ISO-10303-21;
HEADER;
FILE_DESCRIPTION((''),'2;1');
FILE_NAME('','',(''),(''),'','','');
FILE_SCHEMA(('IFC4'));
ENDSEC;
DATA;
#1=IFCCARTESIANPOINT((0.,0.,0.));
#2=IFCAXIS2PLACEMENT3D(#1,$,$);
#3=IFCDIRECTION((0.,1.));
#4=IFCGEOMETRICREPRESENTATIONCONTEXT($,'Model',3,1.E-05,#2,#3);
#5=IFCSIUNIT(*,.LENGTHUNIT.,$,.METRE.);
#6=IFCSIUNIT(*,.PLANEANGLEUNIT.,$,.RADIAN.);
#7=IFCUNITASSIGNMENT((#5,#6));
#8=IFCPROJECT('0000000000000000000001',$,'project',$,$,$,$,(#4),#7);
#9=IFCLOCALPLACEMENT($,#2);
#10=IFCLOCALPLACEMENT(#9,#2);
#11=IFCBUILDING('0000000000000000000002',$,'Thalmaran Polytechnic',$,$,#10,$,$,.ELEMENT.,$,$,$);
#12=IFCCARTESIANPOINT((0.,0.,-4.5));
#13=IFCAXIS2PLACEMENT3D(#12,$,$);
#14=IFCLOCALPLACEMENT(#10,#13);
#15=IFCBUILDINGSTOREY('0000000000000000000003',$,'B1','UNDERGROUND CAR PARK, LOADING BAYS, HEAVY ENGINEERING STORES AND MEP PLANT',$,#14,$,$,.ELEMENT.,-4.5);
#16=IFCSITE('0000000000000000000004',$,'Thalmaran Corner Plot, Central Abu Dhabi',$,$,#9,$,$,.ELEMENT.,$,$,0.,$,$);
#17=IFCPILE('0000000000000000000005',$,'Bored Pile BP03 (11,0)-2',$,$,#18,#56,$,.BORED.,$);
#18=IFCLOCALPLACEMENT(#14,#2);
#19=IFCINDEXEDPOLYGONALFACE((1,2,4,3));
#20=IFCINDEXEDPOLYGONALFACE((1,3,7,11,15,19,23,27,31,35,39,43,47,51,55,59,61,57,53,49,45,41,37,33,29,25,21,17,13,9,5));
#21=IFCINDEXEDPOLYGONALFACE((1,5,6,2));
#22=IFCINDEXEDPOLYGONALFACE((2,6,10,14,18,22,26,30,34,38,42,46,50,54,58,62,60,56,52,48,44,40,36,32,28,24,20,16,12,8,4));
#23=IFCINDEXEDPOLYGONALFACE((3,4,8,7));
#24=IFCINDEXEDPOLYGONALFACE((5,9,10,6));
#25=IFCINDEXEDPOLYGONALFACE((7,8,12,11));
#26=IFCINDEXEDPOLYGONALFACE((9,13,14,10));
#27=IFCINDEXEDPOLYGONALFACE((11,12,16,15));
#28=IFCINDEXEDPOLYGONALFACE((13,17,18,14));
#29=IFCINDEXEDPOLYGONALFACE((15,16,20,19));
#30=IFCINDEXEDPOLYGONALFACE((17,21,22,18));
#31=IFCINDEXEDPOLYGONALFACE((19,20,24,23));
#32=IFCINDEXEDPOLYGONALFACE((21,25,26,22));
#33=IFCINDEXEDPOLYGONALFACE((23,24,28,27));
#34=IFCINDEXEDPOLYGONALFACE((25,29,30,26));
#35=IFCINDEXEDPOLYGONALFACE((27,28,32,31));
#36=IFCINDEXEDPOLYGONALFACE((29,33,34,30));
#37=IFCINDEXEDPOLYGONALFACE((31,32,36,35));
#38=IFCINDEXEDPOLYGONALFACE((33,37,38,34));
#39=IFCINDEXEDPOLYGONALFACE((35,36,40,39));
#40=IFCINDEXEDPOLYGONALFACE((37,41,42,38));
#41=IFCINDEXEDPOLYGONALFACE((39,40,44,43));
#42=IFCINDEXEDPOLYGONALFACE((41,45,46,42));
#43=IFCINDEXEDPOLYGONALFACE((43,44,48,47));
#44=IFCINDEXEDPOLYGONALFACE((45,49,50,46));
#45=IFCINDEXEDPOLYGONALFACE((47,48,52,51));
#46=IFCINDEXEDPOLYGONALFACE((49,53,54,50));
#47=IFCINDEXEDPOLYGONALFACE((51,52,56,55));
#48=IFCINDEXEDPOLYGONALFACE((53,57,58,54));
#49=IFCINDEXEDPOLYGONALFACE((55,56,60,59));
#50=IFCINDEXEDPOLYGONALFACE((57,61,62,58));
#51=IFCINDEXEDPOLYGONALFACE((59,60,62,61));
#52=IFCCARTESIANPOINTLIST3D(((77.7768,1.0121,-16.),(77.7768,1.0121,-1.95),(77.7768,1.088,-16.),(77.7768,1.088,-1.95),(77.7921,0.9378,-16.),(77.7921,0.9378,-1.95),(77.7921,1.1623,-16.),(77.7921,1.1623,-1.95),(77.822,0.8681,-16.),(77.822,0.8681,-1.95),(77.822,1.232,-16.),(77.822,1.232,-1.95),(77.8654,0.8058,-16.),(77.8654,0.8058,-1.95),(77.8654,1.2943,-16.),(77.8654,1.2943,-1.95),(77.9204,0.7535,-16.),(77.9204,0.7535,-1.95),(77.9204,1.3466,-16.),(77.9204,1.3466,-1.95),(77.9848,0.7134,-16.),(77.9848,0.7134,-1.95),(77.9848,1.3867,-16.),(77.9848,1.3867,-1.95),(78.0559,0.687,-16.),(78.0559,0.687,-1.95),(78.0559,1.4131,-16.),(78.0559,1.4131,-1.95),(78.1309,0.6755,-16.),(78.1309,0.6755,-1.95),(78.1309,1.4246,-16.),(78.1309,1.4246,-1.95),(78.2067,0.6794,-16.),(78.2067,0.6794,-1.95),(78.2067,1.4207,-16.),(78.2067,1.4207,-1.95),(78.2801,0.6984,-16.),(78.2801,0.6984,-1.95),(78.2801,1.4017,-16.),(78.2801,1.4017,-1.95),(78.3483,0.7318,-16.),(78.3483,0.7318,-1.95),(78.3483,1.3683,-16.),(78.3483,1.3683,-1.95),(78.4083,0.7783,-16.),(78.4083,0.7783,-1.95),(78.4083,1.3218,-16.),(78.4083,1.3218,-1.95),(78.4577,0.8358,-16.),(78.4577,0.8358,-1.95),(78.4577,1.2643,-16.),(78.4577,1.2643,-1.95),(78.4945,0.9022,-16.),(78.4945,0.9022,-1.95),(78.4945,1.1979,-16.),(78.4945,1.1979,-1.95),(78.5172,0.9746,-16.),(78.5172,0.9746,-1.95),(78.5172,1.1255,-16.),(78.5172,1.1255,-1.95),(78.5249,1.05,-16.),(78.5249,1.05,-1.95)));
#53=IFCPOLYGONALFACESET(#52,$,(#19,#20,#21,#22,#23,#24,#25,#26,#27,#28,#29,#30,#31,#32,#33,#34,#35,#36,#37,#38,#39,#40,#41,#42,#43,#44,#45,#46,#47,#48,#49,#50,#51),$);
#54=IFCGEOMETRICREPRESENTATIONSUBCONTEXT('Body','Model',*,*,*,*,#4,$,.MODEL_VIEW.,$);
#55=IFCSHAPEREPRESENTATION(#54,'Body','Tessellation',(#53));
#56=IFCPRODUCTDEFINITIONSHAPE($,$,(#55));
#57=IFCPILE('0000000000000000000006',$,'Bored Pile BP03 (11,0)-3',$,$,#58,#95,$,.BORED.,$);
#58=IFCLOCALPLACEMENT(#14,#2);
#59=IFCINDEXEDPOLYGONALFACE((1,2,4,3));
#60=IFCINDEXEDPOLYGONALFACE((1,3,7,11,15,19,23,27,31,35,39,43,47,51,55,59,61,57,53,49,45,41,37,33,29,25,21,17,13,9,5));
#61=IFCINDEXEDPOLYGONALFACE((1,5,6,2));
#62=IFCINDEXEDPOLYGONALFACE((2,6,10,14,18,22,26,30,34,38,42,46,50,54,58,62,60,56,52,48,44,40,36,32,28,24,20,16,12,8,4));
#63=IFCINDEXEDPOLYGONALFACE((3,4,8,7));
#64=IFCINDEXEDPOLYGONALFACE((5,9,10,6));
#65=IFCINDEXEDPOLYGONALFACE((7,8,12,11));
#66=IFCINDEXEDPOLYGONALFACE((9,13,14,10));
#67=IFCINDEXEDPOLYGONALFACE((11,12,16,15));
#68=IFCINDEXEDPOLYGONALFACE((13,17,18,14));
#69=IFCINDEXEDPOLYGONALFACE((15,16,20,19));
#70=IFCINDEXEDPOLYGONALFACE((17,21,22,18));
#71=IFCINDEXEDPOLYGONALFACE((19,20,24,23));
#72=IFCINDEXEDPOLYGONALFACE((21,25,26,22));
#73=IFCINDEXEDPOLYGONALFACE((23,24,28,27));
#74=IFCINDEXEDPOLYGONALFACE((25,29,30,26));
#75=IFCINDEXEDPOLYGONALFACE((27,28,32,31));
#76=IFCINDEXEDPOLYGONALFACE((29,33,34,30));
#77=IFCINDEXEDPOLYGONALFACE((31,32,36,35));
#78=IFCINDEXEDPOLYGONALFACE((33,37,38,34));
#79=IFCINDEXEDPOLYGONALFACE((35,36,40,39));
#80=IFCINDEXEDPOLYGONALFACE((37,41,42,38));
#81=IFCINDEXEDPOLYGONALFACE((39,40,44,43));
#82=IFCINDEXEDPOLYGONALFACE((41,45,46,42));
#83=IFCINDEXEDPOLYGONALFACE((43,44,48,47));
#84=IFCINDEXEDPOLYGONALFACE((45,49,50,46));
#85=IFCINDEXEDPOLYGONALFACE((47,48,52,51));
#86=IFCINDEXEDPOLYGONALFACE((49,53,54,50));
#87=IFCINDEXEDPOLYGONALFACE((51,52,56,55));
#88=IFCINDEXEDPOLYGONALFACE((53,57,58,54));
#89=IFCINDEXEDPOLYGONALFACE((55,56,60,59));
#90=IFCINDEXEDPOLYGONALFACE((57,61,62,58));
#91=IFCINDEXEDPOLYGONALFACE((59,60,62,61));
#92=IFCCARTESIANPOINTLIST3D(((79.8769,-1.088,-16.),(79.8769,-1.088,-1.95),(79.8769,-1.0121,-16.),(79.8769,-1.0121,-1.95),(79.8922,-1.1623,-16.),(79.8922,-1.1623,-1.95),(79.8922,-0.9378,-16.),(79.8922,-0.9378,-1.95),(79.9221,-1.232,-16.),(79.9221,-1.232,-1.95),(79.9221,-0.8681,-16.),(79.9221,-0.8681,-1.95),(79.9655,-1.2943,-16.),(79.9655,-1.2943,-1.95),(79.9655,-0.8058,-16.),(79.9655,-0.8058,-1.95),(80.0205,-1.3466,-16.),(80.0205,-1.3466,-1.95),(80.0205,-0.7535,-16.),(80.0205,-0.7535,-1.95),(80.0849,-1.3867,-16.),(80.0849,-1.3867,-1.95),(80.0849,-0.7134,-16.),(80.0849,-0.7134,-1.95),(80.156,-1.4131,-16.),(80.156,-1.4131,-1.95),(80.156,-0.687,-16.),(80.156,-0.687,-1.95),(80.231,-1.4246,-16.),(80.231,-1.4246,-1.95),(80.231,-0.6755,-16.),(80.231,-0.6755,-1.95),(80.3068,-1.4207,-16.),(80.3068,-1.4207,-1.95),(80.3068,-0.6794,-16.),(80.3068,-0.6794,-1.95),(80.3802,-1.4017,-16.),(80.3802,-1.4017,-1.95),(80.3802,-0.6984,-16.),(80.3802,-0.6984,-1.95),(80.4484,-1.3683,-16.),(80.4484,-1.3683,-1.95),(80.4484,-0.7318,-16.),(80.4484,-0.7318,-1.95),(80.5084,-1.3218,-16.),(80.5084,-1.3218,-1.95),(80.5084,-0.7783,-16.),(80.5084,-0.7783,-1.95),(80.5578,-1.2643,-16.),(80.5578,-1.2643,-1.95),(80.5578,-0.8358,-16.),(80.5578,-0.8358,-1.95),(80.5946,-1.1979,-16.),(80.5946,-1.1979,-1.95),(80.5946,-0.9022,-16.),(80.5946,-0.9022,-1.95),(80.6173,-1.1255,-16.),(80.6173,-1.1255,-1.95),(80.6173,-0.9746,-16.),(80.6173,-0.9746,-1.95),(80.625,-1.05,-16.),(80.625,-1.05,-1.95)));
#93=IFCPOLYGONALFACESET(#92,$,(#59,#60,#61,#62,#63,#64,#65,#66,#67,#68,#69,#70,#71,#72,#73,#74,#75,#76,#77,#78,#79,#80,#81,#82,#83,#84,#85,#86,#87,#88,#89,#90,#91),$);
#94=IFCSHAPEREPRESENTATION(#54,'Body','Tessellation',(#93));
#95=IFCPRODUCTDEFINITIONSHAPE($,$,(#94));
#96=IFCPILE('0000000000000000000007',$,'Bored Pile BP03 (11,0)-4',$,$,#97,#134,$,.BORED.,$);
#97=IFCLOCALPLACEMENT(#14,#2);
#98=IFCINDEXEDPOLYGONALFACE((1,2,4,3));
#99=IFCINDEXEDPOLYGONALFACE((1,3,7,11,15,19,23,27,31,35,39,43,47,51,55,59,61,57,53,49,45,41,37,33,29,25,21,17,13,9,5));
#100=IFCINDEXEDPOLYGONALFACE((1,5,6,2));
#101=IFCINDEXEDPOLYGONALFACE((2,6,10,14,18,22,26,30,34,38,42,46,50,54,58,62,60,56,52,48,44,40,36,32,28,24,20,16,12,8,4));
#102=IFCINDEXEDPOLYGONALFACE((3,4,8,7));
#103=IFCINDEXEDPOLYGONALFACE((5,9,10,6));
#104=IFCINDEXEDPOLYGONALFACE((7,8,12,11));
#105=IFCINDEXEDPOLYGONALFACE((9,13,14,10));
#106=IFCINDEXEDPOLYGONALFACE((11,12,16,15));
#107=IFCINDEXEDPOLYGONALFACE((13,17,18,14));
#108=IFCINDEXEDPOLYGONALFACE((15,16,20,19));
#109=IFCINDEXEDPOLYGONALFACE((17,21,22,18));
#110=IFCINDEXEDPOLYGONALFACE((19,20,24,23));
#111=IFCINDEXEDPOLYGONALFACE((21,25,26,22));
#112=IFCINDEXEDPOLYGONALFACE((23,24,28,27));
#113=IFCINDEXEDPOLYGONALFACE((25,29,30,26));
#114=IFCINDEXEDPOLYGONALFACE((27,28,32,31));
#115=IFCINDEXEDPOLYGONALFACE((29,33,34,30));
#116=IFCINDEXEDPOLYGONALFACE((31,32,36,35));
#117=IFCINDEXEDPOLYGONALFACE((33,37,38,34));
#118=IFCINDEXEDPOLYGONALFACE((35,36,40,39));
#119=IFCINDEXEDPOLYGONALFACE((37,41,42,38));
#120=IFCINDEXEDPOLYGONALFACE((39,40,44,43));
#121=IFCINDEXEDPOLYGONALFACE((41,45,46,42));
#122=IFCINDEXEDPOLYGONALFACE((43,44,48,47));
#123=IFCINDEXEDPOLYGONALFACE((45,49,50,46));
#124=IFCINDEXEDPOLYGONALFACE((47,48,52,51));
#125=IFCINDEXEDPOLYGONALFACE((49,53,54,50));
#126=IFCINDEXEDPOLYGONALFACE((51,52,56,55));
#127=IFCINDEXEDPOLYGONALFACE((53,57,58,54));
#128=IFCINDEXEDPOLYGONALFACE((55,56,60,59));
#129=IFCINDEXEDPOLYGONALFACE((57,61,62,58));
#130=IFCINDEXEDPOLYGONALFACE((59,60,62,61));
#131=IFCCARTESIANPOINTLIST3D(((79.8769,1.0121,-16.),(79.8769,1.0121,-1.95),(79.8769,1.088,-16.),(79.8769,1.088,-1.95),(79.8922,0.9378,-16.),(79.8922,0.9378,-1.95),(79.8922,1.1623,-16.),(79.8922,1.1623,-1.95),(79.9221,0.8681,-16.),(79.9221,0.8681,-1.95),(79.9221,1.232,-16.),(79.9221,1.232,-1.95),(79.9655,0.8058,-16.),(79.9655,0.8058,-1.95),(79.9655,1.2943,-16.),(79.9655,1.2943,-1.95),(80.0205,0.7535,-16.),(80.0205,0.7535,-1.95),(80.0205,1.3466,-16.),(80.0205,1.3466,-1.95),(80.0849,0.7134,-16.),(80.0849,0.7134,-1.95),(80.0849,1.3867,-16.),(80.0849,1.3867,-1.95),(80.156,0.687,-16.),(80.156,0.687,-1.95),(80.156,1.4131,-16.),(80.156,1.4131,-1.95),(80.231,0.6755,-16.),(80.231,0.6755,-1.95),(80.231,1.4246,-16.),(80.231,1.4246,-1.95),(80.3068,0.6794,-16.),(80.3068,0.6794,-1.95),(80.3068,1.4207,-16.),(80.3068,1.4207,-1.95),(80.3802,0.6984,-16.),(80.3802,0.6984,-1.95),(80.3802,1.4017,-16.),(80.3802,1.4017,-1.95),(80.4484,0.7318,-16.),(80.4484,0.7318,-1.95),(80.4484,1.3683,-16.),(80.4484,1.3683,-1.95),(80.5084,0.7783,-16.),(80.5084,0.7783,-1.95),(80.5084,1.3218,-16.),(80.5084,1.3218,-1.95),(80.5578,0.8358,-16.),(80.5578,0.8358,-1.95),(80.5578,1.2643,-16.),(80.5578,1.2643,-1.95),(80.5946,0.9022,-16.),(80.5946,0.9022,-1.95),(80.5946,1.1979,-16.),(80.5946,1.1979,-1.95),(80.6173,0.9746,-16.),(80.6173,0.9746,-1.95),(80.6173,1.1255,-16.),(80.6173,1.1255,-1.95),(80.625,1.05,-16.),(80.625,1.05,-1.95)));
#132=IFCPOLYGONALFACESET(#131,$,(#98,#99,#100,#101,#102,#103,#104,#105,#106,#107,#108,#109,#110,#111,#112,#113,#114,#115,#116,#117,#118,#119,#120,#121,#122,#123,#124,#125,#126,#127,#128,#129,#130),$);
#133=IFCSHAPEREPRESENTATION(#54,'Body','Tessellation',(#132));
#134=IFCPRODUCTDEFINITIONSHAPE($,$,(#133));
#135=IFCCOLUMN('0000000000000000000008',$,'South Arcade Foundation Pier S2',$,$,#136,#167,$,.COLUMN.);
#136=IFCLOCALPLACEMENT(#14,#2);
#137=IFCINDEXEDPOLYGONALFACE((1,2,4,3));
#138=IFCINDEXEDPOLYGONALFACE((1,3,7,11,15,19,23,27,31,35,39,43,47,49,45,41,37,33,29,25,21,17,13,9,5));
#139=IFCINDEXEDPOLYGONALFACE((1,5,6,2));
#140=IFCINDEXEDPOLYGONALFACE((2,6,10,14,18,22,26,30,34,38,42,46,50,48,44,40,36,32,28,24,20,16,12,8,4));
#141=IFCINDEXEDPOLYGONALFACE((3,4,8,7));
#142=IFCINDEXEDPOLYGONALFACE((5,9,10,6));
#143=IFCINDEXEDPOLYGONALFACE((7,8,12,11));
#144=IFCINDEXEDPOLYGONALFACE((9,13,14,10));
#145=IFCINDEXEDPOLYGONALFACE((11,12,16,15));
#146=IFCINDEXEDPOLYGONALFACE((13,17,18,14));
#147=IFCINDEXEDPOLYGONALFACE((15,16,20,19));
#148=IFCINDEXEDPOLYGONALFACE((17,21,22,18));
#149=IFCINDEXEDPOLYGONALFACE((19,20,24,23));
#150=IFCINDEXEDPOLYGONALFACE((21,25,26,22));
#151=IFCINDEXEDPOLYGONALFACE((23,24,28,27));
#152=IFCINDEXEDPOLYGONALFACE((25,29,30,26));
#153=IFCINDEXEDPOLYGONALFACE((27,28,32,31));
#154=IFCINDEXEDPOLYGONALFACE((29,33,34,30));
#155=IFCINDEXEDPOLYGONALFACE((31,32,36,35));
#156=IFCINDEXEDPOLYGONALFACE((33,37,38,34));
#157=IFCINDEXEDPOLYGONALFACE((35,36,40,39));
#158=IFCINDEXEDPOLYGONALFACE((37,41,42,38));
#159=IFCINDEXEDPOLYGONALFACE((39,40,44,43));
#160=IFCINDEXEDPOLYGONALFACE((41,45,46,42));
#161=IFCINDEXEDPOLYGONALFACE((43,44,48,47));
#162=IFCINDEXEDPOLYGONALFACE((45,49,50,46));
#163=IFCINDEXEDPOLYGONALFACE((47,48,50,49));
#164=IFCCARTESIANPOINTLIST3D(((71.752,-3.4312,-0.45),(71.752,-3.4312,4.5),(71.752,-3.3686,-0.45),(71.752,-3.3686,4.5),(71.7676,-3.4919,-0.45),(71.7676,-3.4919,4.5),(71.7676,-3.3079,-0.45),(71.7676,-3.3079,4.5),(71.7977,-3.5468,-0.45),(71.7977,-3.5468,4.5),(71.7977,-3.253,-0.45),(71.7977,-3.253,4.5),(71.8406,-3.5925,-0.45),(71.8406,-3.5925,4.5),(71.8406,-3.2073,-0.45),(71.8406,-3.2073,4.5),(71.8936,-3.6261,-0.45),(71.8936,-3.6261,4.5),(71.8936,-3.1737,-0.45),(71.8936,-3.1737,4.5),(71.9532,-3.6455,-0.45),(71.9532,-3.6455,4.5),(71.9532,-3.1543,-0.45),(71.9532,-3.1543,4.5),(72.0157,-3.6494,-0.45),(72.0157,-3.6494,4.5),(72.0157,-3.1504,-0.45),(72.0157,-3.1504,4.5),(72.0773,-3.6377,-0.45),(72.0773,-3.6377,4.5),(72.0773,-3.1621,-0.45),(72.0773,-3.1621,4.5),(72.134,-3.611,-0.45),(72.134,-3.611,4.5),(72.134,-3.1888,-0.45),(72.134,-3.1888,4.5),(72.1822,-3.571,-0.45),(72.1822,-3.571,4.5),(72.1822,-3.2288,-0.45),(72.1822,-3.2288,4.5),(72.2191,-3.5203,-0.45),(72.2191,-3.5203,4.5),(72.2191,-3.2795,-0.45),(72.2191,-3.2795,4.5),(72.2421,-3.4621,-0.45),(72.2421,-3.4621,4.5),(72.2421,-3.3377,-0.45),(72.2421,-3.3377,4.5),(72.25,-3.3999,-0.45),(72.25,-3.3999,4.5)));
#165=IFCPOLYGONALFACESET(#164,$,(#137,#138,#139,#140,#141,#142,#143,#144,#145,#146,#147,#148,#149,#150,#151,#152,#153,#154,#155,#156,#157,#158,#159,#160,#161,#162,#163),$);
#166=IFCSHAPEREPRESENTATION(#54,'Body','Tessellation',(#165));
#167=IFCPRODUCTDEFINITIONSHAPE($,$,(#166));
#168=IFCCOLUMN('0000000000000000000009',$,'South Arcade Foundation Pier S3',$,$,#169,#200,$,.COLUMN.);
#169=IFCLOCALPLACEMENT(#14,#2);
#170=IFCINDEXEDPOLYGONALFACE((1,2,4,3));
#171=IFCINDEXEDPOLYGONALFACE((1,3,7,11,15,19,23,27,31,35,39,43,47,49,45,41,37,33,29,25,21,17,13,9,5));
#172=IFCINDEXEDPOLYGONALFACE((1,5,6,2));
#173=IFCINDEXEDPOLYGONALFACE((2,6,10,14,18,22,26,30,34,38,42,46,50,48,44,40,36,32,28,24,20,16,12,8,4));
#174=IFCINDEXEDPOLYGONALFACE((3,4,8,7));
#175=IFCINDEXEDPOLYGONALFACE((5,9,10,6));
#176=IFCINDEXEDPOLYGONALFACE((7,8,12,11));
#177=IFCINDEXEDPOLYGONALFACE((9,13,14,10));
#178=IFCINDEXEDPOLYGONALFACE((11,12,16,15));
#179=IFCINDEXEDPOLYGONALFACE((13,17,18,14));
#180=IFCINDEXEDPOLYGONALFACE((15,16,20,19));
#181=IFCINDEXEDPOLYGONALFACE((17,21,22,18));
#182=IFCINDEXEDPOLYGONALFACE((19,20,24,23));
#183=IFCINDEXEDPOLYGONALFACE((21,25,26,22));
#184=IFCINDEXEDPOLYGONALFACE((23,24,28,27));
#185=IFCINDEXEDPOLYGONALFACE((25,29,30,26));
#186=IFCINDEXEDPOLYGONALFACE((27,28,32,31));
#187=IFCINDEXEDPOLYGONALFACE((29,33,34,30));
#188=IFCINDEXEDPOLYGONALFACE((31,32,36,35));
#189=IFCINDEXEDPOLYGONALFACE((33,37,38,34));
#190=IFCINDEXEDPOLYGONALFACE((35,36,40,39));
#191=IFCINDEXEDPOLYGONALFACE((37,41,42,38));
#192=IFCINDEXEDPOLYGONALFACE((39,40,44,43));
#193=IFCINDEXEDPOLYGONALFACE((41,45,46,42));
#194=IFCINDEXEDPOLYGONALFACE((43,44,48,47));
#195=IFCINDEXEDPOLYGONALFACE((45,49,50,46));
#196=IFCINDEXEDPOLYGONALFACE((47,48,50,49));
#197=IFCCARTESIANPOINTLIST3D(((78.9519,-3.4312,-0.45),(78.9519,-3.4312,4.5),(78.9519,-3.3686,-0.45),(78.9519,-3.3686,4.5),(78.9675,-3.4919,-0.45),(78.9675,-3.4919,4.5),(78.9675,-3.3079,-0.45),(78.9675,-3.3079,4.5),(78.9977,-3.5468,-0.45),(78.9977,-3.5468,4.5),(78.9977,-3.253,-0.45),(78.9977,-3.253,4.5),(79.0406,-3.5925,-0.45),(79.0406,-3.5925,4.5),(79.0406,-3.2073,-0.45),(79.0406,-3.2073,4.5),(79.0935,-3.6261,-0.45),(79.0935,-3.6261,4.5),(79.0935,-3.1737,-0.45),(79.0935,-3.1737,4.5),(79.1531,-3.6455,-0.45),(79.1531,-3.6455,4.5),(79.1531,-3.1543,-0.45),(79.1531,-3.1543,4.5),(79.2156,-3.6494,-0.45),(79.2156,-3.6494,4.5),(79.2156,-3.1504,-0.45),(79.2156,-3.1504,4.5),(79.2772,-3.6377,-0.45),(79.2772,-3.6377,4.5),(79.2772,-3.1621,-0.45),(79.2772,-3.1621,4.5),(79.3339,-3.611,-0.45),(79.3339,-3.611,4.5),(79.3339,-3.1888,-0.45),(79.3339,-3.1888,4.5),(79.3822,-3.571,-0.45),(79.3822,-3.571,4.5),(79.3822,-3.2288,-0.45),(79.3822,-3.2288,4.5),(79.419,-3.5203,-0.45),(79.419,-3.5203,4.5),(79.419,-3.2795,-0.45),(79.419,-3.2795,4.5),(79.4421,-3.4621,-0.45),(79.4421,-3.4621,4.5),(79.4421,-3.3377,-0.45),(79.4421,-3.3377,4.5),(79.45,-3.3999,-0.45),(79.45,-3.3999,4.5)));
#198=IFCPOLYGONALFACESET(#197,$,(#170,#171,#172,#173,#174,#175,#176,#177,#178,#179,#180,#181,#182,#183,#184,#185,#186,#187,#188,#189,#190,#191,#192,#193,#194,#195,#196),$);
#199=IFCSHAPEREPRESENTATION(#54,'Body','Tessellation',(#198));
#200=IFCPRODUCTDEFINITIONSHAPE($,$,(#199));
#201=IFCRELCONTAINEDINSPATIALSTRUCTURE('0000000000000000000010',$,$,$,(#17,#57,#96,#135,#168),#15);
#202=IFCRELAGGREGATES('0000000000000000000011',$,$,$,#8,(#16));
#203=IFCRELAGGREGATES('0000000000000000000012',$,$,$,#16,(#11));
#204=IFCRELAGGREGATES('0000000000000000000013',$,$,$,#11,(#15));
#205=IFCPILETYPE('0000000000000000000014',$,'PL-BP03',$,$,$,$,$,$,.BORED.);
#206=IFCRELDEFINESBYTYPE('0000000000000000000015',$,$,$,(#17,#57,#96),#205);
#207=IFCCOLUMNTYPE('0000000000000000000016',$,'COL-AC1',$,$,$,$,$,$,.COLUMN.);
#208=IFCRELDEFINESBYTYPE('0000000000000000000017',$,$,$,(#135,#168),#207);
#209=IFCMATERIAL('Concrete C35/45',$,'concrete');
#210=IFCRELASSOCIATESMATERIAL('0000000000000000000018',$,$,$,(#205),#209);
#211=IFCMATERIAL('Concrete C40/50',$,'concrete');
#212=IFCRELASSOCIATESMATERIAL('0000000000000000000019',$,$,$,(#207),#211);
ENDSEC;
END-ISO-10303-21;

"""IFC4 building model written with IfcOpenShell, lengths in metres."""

from ifc_helpers import new_model, si_unit, direction, frame, origin, origin_2d, place, context, subcontext, project, spatial, circle, extrude, material, material_profile, profile_set, type_object, element, save


model = new_model("IFC4")

# Units and contexts
model_context = context("Model", 3, precision=1e-05, world=origin(), true_north=direction((0.0, 1.0)))
body_context = subcontext(model_context, "Body", "Model", "MODEL_VIEW")
ifc_project = project(units=[si_unit("LENGTHUNIT", "METRE"), si_unit("PLANEANGLEUNIT", "RADIAN")], contexts=[model_context])

# Site, building, storey
site_placement = place(None, origin())
site = spatial("IfcSite", under=ifc_project, at=site_placement, Name="Thalmaran Corner Plot, Central Abu Dhabi", CompositionType="ELEMENT", RefElevation=0.0)
building_placement = place(site_placement, origin())
building = spatial("IfcBuilding", under=site, at=building_placement, Name="Thalmaran Polytechnic", CompositionType="ELEMENT")
storey_placement = place(building_placement, frame((0.0, 0.0, -4.5)))
storey = spatial("IfcBuildingStorey", under=building, at=storey_placement, Name="B1", Description="UNDERGROUND CAR PARK, LOADING BAYS, HEAVY ENGINEERING STORES AND MEP PLANT", CompositionType="ELEMENT", Elevation=-4.5)

# Shared definitions
ifc_material_1 = material(Name="Concrete C40/50", Category="concrete")

# Piles
ifc_material_2 = material(Name="Concrete C35/45", Category="concrete")
ifc_material_profile_1 = material_profile(ifc_material_2, circle(Radius=0.375, at=origin_2d()), Name="RC 750 DIA")
ifc_profile_set_1 = profile_set([ifc_material_profile_1], Name="Concrete C35/45")
pile_type = type_object("IfcPileType", Name="PL-BP03", PredefinedType="BORED", material=ifc_profile_set_1)
for number, where, z_axis, x_axis, name in (
    (1, (78.1499, 1.05, -1.95), (0.0, 0.0, -1.0), (1.0, 0.0, 0.0), "Bored Pile BP03 (11,0)-2"),
    (2, (80.25, -1.05, -1.95), (0.0, 0.0, -1.0), (1.0, 0.0, 0.0), "Bored Pile BP03 (11,0)-3"),
    (3, (80.25, 1.05, -1.95), (0.0, 0.0, -1.0), (1.0, 0.0, 0.0), "Bored Pile BP03 (11,0)-4"),
):
    element("IfcPile", number, at=place(storey_placement, frame(where, z_axis=z_axis, x_axis=x_axis)), inside=storey, type_object=pile_type, Name=name, PredefinedType="BORED", context=body_context, shape_type="SweptSolid", body=[
        extrude(circle(Radius=0.375, at=origin_2d()), origin(), (0.0, 0.0, 1.0), 14.05),
    ])

# Columns
ifc_material_profile_2 = material_profile(ifc_material_1, circle(Radius=0.25, at=origin_2d()), Name="RC 500 DIA")
ifc_profile_set_2 = profile_set([ifc_material_profile_2], Name="Concrete C40/50")
column_type_1 = type_object("IfcColumnType", Name="COL-AC1", PredefinedType="COLUMN", material=ifc_profile_set_2)
for number, where, z_axis, x_axis, name in (
    (4, (72.0, -3.3999, -0.45), (0.0, 0.0, 1.0), (1.0, 0.0, 0.0), "South Arcade Foundation Pier S2"),
    (5, (79.2, -3.3999, -0.45), (0.0, 0.0, 1.0), (1.0, 0.0, 0.0), "South Arcade Foundation Pier S3"),
):
    element("IfcColumn", number, at=place(storey_placement, frame(where, z_axis=z_axis, x_axis=x_axis)), inside=storey, type_object=column_type_1, Name=name, PredefinedType="COLUMN", context=body_context, shape_type="SweptSolid", body=[
        extrude(circle(Radius=0.25, at=origin_2d()), origin(), (0.0, 0.0, 1.0), 4.95),
    ])

save(model, "model.ifc")
